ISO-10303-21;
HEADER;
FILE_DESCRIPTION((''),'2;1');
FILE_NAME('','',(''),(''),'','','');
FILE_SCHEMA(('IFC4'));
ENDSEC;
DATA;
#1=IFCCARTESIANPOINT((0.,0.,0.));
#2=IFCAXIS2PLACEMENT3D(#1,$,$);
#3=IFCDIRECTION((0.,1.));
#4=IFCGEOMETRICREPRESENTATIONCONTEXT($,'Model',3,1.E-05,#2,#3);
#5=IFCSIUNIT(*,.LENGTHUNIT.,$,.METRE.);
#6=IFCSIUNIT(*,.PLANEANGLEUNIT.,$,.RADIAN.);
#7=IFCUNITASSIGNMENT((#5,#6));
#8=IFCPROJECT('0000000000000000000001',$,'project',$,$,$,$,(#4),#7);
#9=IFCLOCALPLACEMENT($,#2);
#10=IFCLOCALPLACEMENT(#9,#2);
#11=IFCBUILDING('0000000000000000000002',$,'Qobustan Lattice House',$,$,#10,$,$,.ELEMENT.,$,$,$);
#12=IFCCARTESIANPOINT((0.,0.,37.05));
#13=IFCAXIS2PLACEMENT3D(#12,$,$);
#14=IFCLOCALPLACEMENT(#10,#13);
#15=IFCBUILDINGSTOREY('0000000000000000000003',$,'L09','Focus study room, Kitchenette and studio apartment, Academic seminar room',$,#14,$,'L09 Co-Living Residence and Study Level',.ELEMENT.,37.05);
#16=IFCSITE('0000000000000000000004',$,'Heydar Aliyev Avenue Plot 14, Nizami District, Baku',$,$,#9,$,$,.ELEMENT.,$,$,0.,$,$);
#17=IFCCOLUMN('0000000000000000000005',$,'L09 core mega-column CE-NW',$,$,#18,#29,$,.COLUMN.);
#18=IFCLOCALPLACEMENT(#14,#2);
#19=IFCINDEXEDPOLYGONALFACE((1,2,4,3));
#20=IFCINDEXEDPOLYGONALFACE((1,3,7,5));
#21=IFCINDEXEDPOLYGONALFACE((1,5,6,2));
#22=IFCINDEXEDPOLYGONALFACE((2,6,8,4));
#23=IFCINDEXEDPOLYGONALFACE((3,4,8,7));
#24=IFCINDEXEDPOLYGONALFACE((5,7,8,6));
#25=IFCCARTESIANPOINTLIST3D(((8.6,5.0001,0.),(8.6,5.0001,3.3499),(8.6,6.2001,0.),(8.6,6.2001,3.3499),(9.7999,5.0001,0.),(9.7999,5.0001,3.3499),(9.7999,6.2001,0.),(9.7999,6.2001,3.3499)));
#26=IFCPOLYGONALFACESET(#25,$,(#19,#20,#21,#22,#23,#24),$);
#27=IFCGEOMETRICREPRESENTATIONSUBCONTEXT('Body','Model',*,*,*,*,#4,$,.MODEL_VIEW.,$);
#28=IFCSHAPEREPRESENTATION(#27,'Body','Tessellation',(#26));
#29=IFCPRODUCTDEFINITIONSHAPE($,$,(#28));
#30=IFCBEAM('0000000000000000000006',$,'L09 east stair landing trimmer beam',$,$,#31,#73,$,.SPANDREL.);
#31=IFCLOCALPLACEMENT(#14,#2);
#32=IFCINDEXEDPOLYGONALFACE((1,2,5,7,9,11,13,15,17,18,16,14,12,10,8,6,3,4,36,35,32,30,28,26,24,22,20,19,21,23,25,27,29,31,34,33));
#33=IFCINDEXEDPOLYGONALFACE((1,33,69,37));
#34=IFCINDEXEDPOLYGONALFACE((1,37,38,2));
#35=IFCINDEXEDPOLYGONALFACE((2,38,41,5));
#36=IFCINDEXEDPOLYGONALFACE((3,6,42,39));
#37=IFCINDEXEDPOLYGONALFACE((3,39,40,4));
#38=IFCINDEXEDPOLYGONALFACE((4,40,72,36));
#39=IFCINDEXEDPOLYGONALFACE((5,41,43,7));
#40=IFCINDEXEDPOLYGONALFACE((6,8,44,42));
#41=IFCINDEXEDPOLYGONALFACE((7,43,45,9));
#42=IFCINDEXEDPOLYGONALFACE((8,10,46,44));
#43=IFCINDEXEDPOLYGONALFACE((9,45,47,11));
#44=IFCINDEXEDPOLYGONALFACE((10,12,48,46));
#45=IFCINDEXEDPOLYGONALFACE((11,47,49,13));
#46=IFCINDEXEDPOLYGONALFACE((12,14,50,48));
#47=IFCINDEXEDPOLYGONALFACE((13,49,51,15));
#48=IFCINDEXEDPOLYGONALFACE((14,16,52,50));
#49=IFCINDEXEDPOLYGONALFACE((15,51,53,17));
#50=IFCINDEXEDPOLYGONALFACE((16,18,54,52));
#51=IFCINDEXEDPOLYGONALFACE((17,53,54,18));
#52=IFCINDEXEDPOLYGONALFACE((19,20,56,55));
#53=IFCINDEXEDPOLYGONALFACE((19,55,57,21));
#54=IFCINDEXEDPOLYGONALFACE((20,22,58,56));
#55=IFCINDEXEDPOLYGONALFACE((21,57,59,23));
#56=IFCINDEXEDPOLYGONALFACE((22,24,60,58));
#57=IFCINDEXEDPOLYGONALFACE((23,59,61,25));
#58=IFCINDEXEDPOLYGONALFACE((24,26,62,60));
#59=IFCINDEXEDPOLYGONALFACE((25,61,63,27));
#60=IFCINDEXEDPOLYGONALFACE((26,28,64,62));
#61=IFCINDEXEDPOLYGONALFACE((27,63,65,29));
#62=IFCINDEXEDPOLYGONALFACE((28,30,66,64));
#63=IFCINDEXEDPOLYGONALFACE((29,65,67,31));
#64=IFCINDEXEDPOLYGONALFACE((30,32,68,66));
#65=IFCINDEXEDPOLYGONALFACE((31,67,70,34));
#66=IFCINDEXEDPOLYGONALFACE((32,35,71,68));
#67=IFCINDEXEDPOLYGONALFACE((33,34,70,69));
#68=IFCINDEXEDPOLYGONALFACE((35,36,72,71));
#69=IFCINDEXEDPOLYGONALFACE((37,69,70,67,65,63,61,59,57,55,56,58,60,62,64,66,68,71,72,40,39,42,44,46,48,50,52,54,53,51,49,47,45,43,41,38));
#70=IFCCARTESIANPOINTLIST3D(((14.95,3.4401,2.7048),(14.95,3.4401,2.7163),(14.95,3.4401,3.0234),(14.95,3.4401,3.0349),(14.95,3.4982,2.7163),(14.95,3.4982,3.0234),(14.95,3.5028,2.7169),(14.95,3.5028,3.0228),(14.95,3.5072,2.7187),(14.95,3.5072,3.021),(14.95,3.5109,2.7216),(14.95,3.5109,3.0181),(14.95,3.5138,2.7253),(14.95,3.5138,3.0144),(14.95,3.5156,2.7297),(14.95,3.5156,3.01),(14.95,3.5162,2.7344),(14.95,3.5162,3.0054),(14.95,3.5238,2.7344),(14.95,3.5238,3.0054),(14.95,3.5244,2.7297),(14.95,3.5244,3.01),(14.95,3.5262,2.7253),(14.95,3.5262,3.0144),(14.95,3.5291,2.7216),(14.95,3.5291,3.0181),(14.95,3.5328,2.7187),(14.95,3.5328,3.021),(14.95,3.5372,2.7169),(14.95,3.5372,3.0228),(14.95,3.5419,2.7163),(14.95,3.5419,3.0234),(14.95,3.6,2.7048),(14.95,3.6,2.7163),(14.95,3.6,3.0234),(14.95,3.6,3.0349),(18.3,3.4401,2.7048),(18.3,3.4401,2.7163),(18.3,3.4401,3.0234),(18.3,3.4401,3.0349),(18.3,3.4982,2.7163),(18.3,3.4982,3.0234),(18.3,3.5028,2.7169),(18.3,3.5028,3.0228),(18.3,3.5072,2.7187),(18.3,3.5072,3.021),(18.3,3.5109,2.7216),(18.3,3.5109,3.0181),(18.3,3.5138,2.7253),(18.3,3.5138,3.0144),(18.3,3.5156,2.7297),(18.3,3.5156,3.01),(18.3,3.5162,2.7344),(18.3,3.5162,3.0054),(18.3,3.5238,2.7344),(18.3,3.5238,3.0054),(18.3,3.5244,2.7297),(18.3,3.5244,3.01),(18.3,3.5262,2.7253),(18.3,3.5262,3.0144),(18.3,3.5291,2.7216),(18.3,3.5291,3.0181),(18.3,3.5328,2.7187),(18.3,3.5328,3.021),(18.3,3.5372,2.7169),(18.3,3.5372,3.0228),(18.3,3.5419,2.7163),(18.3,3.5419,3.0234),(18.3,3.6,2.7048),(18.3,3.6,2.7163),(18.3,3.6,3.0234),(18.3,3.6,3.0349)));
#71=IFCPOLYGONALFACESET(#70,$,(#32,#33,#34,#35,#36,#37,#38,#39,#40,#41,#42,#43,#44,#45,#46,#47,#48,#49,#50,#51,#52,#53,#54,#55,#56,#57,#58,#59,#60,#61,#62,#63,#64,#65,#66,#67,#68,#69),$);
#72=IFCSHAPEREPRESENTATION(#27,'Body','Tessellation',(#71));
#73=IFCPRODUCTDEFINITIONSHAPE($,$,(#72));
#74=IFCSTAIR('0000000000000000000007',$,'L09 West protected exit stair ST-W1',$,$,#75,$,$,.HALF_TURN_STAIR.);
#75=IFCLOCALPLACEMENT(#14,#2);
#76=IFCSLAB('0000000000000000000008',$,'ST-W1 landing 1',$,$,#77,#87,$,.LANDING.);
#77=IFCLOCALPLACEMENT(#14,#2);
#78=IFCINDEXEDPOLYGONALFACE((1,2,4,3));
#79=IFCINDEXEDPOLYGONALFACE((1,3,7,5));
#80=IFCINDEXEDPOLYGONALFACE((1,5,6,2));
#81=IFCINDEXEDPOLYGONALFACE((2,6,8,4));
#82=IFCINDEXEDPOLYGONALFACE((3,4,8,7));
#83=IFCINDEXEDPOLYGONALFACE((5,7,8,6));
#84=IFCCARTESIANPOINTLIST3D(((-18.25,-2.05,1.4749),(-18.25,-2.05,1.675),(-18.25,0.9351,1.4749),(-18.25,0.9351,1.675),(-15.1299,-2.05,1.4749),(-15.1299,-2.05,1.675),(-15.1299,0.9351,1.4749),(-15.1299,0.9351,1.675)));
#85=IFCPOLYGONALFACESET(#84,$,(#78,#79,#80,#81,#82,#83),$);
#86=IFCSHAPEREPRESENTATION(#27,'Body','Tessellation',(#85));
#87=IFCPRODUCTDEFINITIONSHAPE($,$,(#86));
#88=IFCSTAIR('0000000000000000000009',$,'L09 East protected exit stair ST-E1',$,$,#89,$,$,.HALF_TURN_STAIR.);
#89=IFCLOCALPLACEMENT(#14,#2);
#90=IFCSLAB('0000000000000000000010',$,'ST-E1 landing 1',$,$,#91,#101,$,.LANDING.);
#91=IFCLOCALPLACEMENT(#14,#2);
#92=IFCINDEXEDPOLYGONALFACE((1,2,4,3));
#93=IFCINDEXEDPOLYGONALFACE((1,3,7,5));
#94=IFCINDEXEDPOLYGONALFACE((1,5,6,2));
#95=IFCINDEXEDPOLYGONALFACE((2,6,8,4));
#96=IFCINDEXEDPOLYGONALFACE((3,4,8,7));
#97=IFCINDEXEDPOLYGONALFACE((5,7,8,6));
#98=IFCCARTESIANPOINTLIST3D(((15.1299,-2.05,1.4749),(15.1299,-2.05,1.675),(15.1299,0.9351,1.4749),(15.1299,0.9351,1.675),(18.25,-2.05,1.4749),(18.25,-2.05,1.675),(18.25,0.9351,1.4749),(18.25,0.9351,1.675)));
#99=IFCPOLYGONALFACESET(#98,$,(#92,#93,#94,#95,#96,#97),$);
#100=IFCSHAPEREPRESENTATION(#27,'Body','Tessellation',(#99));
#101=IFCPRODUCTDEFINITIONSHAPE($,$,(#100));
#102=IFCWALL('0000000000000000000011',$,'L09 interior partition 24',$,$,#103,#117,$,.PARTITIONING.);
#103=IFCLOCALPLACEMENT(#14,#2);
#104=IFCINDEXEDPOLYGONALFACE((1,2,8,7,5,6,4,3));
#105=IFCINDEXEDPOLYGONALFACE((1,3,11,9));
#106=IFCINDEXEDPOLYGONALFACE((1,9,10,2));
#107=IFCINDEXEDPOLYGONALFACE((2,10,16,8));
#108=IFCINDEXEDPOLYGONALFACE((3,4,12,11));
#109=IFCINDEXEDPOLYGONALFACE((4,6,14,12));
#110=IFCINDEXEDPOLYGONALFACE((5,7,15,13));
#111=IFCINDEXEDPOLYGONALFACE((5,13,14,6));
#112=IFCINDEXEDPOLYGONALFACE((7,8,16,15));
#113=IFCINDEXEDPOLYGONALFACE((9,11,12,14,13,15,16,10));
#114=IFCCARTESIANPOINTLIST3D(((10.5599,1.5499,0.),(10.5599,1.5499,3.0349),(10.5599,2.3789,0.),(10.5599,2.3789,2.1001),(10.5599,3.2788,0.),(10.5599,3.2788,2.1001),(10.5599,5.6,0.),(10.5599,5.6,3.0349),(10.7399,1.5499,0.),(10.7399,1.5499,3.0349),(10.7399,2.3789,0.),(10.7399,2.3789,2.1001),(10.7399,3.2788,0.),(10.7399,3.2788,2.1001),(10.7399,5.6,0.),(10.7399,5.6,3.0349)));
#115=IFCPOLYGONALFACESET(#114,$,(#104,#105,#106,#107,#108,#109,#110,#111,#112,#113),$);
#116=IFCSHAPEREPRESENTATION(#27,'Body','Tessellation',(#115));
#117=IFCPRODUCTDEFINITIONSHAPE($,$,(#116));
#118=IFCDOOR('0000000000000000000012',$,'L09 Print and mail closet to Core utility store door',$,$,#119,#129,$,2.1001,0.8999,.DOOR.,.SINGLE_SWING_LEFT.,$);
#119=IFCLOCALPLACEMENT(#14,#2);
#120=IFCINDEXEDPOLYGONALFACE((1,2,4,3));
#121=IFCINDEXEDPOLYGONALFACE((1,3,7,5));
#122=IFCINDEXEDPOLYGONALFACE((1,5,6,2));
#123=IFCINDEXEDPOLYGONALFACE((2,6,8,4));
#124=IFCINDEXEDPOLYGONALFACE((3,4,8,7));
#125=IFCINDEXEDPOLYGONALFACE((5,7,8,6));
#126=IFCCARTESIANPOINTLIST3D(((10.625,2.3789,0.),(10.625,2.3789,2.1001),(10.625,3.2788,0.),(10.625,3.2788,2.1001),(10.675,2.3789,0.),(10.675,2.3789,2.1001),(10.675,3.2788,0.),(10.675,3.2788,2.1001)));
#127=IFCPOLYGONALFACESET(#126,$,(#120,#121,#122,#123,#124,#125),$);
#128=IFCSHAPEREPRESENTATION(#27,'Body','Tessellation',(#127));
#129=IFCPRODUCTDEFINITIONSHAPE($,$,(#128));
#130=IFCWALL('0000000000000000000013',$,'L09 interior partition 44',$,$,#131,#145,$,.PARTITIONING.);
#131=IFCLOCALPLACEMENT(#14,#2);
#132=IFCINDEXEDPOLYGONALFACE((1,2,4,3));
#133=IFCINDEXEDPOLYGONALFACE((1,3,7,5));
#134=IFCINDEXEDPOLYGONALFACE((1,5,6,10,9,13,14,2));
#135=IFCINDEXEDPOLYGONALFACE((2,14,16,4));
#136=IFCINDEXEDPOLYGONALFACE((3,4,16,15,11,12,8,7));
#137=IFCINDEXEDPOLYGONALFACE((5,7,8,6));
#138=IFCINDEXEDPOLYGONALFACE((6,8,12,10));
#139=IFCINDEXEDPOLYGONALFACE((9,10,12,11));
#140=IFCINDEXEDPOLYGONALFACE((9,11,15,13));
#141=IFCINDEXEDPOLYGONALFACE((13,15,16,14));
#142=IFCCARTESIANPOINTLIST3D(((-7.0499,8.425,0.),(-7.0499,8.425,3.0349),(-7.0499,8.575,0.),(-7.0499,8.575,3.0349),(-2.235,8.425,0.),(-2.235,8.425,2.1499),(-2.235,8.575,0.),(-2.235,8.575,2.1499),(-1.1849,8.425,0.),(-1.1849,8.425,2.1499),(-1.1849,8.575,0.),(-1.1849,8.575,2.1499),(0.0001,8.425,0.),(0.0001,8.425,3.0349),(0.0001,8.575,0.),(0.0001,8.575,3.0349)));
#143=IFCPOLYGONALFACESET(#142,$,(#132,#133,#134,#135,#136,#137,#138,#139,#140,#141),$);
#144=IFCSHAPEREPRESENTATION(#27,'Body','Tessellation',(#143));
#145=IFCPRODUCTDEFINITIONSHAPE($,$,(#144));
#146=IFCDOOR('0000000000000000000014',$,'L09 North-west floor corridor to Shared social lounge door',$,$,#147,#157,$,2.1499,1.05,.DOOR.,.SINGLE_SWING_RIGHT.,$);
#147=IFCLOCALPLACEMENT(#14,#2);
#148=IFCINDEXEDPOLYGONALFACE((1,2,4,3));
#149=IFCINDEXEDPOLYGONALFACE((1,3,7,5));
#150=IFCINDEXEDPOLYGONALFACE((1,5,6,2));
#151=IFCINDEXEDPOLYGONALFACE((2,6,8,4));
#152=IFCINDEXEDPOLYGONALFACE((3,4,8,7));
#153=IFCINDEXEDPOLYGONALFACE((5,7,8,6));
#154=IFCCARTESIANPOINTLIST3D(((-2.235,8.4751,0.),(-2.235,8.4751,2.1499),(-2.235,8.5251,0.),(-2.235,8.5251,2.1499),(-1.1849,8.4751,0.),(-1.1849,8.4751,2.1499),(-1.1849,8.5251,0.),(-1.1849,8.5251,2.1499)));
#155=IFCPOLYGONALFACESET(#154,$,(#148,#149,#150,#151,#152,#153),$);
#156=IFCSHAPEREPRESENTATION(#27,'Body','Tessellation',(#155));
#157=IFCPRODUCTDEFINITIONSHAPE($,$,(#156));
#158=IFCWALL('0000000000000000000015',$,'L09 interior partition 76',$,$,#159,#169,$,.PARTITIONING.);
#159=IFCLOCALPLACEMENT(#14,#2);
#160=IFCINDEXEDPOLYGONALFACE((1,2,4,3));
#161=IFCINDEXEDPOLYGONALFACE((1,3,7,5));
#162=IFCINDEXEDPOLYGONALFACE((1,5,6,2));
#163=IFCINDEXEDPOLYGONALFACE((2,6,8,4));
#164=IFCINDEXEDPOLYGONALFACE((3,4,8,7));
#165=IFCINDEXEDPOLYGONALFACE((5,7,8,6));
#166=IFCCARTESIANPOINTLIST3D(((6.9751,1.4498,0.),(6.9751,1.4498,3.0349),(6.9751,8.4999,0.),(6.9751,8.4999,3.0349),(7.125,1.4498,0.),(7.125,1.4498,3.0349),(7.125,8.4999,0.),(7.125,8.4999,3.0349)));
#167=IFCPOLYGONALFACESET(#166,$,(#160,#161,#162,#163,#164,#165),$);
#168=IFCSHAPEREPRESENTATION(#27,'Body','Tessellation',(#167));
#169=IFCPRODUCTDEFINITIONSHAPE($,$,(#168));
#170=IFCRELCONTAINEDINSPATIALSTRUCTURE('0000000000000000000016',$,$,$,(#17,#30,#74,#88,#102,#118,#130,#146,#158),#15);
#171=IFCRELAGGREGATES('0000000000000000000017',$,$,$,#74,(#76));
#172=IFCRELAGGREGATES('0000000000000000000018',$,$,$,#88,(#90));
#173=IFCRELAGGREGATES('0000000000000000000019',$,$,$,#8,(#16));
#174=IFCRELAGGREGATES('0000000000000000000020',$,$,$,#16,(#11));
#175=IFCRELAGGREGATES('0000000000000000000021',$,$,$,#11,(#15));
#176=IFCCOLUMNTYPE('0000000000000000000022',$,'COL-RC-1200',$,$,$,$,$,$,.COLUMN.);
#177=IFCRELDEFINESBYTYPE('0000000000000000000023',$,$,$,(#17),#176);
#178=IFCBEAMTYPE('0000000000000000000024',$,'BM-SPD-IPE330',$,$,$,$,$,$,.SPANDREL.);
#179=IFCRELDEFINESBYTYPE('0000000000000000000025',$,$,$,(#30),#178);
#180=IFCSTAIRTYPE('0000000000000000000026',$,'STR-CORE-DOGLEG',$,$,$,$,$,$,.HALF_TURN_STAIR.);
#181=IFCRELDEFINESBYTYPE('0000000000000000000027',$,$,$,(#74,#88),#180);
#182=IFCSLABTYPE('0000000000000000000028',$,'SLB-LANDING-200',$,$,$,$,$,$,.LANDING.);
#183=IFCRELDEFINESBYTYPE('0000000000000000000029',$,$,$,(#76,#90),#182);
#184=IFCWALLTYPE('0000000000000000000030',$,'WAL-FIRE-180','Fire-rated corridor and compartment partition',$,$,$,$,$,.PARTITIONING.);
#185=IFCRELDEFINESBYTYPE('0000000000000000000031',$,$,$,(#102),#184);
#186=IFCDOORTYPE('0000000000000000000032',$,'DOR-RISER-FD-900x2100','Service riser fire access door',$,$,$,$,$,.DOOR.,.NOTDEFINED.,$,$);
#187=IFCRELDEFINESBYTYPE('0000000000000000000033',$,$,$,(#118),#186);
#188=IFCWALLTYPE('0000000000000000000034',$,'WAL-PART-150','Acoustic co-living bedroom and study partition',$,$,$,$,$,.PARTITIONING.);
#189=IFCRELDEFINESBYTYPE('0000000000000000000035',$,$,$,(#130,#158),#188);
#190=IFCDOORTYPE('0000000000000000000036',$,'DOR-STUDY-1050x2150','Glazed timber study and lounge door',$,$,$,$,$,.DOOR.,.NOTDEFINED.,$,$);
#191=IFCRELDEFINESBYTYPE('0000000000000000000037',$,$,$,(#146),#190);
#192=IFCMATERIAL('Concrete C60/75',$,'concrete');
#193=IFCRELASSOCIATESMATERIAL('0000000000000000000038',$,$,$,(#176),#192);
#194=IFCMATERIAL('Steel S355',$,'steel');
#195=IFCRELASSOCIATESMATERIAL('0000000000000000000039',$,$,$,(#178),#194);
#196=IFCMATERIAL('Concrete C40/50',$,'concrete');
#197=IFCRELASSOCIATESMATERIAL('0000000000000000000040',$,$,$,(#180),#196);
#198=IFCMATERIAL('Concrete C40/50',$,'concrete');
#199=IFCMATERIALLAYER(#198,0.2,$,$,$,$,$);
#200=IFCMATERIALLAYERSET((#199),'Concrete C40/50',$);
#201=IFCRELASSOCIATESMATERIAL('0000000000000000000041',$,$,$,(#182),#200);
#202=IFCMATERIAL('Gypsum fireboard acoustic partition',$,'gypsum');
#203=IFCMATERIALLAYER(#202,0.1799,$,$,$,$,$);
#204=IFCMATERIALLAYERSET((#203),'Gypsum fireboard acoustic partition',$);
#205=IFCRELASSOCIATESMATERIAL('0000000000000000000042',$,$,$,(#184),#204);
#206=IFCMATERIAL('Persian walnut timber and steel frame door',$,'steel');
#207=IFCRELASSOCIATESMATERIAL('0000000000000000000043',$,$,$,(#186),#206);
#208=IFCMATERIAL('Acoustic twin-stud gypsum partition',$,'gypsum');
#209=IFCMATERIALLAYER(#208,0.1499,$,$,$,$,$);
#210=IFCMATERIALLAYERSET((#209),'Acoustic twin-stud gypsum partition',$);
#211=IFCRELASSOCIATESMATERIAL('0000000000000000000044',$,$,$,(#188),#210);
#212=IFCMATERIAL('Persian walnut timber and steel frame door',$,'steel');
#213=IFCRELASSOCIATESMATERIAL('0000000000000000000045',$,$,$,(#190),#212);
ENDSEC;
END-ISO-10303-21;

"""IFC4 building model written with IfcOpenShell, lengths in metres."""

from ifc_helpers import new_model, si_unit, direction, frame, frame_2d, origin, origin_2d, place, context, subcontext, project, spatial, polyline, rectangle, i_section, outline, extrude, material, layer, layer_set, material_profile, profile_set, type_object, element, fill, aggregate, save


model = new_model("IFC4")

# Units and contexts
model_context = context("Model", 3, precision=1e-05, world=origin(), true_north=direction((0.0, 1.0)))
body_context = subcontext(model_context, "Body", "Model", "MODEL_VIEW")
ifc_project = project(units=[si_unit("LENGTHUNIT", "METRE"), si_unit("PLANEANGLEUNIT", "RADIAN")], contexts=[model_context])

# Site, building, storey
site_placement = place(None, origin())
site = spatial("IfcSite", under=ifc_project, at=site_placement, Name="Heydar Aliyev Avenue Plot 14, Nizami District, Baku", CompositionType="ELEMENT", RefElevation=0.0)
building_placement = place(site_placement, origin())
building = spatial("IfcBuilding", under=site, at=building_placement, Name="Qobustan Lattice House", CompositionType="ELEMENT")
storey_placement = place(building_placement, frame((0.0, 0.0, 37.05)))
storey = spatial("IfcBuildingStorey", under=building, at=storey_placement, Name="L09", Description="Focus study room, Kitchenette and studio apartment, Academic seminar room", LongName="L09 Co-Living Residence and Study Level", CompositionType="ELEMENT", Elevation=37.05)

# Column
ifc_material_1 = material(Name="Concrete C60/75", Category="concrete")
ifc_material_profile_1 = material_profile(ifc_material_1, rectangle(XDim=1.2, YDim=1.2, at=origin_2d()), Name="RC1200x1200")
ifc_profile_set_1 = profile_set([ifc_material_profile_1], Name="Concrete C60/75")
column_type = type_object("IfcColumnType", Name="COL-RC-1200", PredefinedType="COLUMN", material=ifc_profile_set_1)
column_placement = place(storey_placement, frame((9.2, 5.6001, 0.0), z_axis=(0.0, 0.0, 1.0), x_axis=(1.0, 0.0, 0.0)))
element("IfcColumn", 1, at=column_placement, inside=storey, type_object=column_type, Name="L09 core mega-column CE-NW", PredefinedType="COLUMN", context=body_context, shape_type="SweptSolid", body=[
    extrude(rectangle(XDim=1.2, YDim=1.2, at=origin_2d()), origin(), (0.0, 0.0, 1.0), 3.3499),
])

# Beam
ifc_material_2 = material(Name="Steel S355", Category="steel")
ifc_material_profile_2 = material_profile(ifc_material_2, i_section(OverallWidth=0.1599, OverallDepth=0.3301, WebThickness=0.0076, FlangeThickness=0.0115, FilletRadius=0.0181, at=origin_2d()), Name="IPE330")
ifc_profile_set_2 = profile_set([ifc_material_profile_2], Name="Steel S355")
beam_type = type_object("IfcBeamType", Name="BM-SPD-IPE330", PredefinedType="SPANDREL", material=ifc_profile_set_2)
beam_placement = place(storey_placement, frame((14.95, 3.52, 2.8699), z_axis=(1.0, 0.0, 0.0), x_axis=(0.0, 1.0, 0.0)))
element("IfcBeam", 2, at=beam_placement, inside=storey, type_object=beam_type, Name="L09 east stair landing trimmer beam", PredefinedType="SPANDREL", context=body_context, shape_type="SweptSolid", body=[
    extrude(i_section(OverallWidth=0.1599, OverallDepth=0.3301, WebThickness=0.0076, FlangeThickness=0.0115, FilletRadius=0.0181, at=origin_2d()), origin(), (0.0, 0.0, 1.0), 3.3501),
])

# Stairs, slabs
ifc_material_3 = material(Name="Concrete C40/50", Category="concrete")
stair_type = type_object("IfcStairType", Name="STR-CORE-DOGLEG", PredefinedType="HALF_TURN_STAIR", material=ifc_material_3)
stair_1_placement = place(storey_placement, origin())
stair_1 = element("IfcStair", 3, at=stair_1_placement, inside=storey, type_object=stair_type, Name="L09 West protected exit stair ST-W1", PredefinedType="HALF_TURN_STAIR")
ifc_material_4 = material(Name="Concrete C40/50", Category="concrete")
ifc_layer_1 = layer(ifc_material_4, 0.2)
ifc_layer_set_1 = layer_set([ifc_layer_1], Name="Concrete C40/50")
slab_type = type_object("IfcSlabType", Name="SLB-LANDING-200", PredefinedType="LANDING", material=ifc_layer_set_1)
slab_1_placement = place(storey_placement, frame((0.0, 0.0, 1.4749)))
slab_1 = element("IfcSlab", 4, at=slab_1_placement, type_object=slab_type, Name="ST-W1 landing 1", PredefinedType="LANDING", context=body_context, shape_type="SweptSolid", body=[
    extrude(outline(polyline([(-18.25, 0.9351), (-18.25, -2.05), (-15.1299, -2.05), (-15.1299, 0.9351), (-18.25, 0.9351)])), origin(), (0.0, 0.0, 1.0), 0.2002),
])
aggregate(stair_1, [slab_1])
stair_2_placement = place(storey_placement, origin())
stair_2 = element("IfcStair", 5, at=stair_2_placement, inside=storey, type_object=stair_type, Name="L09 East protected exit stair ST-E1", PredefinedType="HALF_TURN_STAIR")
slab_2_placement = place(storey_placement, frame((0.0, 0.0, 1.4749)))
slab_2 = element("IfcSlab", 6, at=slab_2_placement, type_object=slab_type, Name="ST-E1 landing 1", PredefinedType="LANDING", context=body_context, shape_type="SweptSolid", body=[
    extrude(outline(polyline([(15.1299, 0.9351), (15.1299, -2.05), (18.25, -2.05), (18.25, 0.9351), (15.1299, 0.9351)])), origin(), (0.0, 0.0, 1.0), 0.2002),
])

# Walls, openings, doors
ifc_material_5 = material(Name="Gypsum fireboard acoustic partition", Category="gypsum")
ifc_layer_2 = layer(ifc_material_5, 0.1799)
ifc_layer_set_2 = layer_set([ifc_layer_2], Name="Gypsum fireboard acoustic partition")
wall_type_1 = type_object("IfcWallType", Name="WAL-FIRE-180", Description="Fire-rated corridor and compartment partition", PredefinedType="PARTITIONING", material=ifc_layer_set_2)
wall_1_placement = place(storey_placement, frame((10.6499, 1.55, 0.0), z_axis=(0.0, 0.0, 1.0), x_axis=(0.0, 1.0, 0.0)))
wall_1 = element("IfcWall", 7, at=wall_1_placement, inside=storey, type_object=wall_type_1, Name="L09 interior partition 24", PredefinedType="PARTITIONING", context=body_context, shape_type="SweptSolid", body=[
    extrude(rectangle(XDim=4.05, YDim=0.1799, at=frame_2d((2.0249, 0.0))), origin(), (0.0, 0.0, 1.0), 3.0349),
])
opening_1_placement = place(wall_1_placement, frame((0.8289, 0.0, 0.0)))
opening_1 = element("IfcOpeningElement", 8, at=opening_1_placement, cuts=wall_1, PredefinedType="OPENING", context=body_context, shape_type="SweptSolid", body=[
    extrude(rectangle(XDim=0.8999, YDim=2.1001, at=frame_2d((0.45, 1.05))), frame((0.0, 0.0999, 0.0), z_axis=(0.0, -1.0, 0.0), x_axis=(1.0, 0.0, 0.0)), (0.0, 0.0, 1.0), 0.2),
])
ifc_material_6 = material(Name="Persian walnut timber and steel frame door", Category="steel")
door_type_1 = type_object("IfcDoorType", Name="DOR-RISER-FD-900x2100", Description="Service riser fire access door", OperationType="NOTDEFINED", PredefinedType="DOOR", material=ifc_material_6)
door_1_placement = place(opening_1_placement, origin())
door_1 = element("IfcDoor", 9, at=door_1_placement, inside=storey, type_object=door_type_1, Name="L09 Print and mail closet to Core utility store door", OperationType="SINGLE_SWING_LEFT", OverallHeight=2.1001, OverallWidth=0.8999, PredefinedType="DOOR", context=body_context, shape_type="SweptSolid", body=[
    extrude(rectangle(XDim=0.8999, YDim=2.1001, at=frame_2d((0.45, 1.05))), frame((0.0, 0.0249, 0.0), z_axis=(0.0, -1.0, 0.0), x_axis=(1.0, 0.0, 0.0)), (0.0, 0.0, 1.0), 0.05),
])
fill(opening_1, door_1)
ifc_material_7 = material(Name="Acoustic twin-stud gypsum partition", Category="gypsum")
ifc_layer_3 = layer(ifc_material_7, 0.1499)
ifc_layer_set_3 = layer_set([ifc_layer_3], Name="Acoustic twin-stud gypsum partition")
wall_type_2 = type_object("IfcWallType", Name="WAL-PART-150", Description="Acoustic co-living bedroom and study partition", PredefinedType="PARTITIONING", material=ifc_layer_set_3)
wall_2_placement = place(storey_placement, frame((0.0, 8.5, 0.0), z_axis=(0.0, 0.0, 1.0), x_axis=(-1.0, 0.0, 0.0)))
wall_2 = element("IfcWall", 10, at=wall_2_placement, inside=storey, type_object=wall_type_2, Name="L09 interior partition 44", PredefinedType="PARTITIONING", context=body_context, shape_type="SweptSolid", body=[
    extrude(rectangle(XDim=7.05, YDim=0.1499, at=frame_2d((3.5249, 0.0))), origin(), (0.0, 0.0, 1.0), 3.0349),
])
opening_2_placement = place(wall_2_placement, frame((1.1851, 0.0, 0.0)))
opening_2 = element("IfcOpeningElement", 11, at=opening_2_placement, cuts=wall_2, PredefinedType="OPENING", context=body_context, shape_type="SweptSolid", body=[
    extrude(rectangle(XDim=1.05, YDim=2.1499, at=frame_2d((0.5249, 1.075))), frame((0.0, 0.085, 0.0), z_axis=(0.0, -1.0, 0.0), x_axis=(1.0, 0.0, 0.0)), (0.0, 0.0, 1.0), 0.1699),
])
ifc_material_8 = material(Name="Persian walnut timber and steel frame door", Category="steel")
door_type_2 = type_object("IfcDoorType", Name="DOR-STUDY-1050x2150", Description="Glazed timber study and lounge door", OperationType="NOTDEFINED", PredefinedType="DOOR", material=ifc_material_8)
door_2_placement = place(opening_2_placement, origin())
door_2 = element("IfcDoor", 12, at=door_2_placement, inside=storey, type_object=door_type_2, Name="L09 North-west floor corridor to Shared social lounge door", OperationType="SINGLE_SWING_RIGHT", OverallHeight=2.1499, OverallWidth=1.05, PredefinedType="DOOR", context=body_context, shape_type="SweptSolid", body=[
    extrude(rectangle(XDim=1.05, YDim=2.1499, at=frame_2d((0.5249, 1.075))), frame((0.0, 0.0249, 0.0), z_axis=(0.0, -1.0, 0.0), x_axis=(1.0, 0.0, 0.0)), (0.0, 0.0, 1.0), 0.05),
])
fill(opening_2, door_2)

# Wall
wall_3_placement = place(storey_placement, frame((7.05, 1.45, 0.0), z_axis=(0.0, 0.0, 1.0), x_axis=(0.0, 1.0, 0.0)))
element("IfcWall", 13, at=wall_3_placement, inside=storey, type_object=wall_type_2, Name="L09 interior partition 76", PredefinedType="PARTITIONING", context=body_context, shape_type="SweptSolid", body=[
    extrude(rectangle(XDim=7.05, YDim=0.1499, at=frame_2d((3.5249, 0.0))), origin(), (0.0, 0.0, 1.0), 3.0349),
])

aggregate(stair_2, [slab_2])

save(model, "model.ifc")
